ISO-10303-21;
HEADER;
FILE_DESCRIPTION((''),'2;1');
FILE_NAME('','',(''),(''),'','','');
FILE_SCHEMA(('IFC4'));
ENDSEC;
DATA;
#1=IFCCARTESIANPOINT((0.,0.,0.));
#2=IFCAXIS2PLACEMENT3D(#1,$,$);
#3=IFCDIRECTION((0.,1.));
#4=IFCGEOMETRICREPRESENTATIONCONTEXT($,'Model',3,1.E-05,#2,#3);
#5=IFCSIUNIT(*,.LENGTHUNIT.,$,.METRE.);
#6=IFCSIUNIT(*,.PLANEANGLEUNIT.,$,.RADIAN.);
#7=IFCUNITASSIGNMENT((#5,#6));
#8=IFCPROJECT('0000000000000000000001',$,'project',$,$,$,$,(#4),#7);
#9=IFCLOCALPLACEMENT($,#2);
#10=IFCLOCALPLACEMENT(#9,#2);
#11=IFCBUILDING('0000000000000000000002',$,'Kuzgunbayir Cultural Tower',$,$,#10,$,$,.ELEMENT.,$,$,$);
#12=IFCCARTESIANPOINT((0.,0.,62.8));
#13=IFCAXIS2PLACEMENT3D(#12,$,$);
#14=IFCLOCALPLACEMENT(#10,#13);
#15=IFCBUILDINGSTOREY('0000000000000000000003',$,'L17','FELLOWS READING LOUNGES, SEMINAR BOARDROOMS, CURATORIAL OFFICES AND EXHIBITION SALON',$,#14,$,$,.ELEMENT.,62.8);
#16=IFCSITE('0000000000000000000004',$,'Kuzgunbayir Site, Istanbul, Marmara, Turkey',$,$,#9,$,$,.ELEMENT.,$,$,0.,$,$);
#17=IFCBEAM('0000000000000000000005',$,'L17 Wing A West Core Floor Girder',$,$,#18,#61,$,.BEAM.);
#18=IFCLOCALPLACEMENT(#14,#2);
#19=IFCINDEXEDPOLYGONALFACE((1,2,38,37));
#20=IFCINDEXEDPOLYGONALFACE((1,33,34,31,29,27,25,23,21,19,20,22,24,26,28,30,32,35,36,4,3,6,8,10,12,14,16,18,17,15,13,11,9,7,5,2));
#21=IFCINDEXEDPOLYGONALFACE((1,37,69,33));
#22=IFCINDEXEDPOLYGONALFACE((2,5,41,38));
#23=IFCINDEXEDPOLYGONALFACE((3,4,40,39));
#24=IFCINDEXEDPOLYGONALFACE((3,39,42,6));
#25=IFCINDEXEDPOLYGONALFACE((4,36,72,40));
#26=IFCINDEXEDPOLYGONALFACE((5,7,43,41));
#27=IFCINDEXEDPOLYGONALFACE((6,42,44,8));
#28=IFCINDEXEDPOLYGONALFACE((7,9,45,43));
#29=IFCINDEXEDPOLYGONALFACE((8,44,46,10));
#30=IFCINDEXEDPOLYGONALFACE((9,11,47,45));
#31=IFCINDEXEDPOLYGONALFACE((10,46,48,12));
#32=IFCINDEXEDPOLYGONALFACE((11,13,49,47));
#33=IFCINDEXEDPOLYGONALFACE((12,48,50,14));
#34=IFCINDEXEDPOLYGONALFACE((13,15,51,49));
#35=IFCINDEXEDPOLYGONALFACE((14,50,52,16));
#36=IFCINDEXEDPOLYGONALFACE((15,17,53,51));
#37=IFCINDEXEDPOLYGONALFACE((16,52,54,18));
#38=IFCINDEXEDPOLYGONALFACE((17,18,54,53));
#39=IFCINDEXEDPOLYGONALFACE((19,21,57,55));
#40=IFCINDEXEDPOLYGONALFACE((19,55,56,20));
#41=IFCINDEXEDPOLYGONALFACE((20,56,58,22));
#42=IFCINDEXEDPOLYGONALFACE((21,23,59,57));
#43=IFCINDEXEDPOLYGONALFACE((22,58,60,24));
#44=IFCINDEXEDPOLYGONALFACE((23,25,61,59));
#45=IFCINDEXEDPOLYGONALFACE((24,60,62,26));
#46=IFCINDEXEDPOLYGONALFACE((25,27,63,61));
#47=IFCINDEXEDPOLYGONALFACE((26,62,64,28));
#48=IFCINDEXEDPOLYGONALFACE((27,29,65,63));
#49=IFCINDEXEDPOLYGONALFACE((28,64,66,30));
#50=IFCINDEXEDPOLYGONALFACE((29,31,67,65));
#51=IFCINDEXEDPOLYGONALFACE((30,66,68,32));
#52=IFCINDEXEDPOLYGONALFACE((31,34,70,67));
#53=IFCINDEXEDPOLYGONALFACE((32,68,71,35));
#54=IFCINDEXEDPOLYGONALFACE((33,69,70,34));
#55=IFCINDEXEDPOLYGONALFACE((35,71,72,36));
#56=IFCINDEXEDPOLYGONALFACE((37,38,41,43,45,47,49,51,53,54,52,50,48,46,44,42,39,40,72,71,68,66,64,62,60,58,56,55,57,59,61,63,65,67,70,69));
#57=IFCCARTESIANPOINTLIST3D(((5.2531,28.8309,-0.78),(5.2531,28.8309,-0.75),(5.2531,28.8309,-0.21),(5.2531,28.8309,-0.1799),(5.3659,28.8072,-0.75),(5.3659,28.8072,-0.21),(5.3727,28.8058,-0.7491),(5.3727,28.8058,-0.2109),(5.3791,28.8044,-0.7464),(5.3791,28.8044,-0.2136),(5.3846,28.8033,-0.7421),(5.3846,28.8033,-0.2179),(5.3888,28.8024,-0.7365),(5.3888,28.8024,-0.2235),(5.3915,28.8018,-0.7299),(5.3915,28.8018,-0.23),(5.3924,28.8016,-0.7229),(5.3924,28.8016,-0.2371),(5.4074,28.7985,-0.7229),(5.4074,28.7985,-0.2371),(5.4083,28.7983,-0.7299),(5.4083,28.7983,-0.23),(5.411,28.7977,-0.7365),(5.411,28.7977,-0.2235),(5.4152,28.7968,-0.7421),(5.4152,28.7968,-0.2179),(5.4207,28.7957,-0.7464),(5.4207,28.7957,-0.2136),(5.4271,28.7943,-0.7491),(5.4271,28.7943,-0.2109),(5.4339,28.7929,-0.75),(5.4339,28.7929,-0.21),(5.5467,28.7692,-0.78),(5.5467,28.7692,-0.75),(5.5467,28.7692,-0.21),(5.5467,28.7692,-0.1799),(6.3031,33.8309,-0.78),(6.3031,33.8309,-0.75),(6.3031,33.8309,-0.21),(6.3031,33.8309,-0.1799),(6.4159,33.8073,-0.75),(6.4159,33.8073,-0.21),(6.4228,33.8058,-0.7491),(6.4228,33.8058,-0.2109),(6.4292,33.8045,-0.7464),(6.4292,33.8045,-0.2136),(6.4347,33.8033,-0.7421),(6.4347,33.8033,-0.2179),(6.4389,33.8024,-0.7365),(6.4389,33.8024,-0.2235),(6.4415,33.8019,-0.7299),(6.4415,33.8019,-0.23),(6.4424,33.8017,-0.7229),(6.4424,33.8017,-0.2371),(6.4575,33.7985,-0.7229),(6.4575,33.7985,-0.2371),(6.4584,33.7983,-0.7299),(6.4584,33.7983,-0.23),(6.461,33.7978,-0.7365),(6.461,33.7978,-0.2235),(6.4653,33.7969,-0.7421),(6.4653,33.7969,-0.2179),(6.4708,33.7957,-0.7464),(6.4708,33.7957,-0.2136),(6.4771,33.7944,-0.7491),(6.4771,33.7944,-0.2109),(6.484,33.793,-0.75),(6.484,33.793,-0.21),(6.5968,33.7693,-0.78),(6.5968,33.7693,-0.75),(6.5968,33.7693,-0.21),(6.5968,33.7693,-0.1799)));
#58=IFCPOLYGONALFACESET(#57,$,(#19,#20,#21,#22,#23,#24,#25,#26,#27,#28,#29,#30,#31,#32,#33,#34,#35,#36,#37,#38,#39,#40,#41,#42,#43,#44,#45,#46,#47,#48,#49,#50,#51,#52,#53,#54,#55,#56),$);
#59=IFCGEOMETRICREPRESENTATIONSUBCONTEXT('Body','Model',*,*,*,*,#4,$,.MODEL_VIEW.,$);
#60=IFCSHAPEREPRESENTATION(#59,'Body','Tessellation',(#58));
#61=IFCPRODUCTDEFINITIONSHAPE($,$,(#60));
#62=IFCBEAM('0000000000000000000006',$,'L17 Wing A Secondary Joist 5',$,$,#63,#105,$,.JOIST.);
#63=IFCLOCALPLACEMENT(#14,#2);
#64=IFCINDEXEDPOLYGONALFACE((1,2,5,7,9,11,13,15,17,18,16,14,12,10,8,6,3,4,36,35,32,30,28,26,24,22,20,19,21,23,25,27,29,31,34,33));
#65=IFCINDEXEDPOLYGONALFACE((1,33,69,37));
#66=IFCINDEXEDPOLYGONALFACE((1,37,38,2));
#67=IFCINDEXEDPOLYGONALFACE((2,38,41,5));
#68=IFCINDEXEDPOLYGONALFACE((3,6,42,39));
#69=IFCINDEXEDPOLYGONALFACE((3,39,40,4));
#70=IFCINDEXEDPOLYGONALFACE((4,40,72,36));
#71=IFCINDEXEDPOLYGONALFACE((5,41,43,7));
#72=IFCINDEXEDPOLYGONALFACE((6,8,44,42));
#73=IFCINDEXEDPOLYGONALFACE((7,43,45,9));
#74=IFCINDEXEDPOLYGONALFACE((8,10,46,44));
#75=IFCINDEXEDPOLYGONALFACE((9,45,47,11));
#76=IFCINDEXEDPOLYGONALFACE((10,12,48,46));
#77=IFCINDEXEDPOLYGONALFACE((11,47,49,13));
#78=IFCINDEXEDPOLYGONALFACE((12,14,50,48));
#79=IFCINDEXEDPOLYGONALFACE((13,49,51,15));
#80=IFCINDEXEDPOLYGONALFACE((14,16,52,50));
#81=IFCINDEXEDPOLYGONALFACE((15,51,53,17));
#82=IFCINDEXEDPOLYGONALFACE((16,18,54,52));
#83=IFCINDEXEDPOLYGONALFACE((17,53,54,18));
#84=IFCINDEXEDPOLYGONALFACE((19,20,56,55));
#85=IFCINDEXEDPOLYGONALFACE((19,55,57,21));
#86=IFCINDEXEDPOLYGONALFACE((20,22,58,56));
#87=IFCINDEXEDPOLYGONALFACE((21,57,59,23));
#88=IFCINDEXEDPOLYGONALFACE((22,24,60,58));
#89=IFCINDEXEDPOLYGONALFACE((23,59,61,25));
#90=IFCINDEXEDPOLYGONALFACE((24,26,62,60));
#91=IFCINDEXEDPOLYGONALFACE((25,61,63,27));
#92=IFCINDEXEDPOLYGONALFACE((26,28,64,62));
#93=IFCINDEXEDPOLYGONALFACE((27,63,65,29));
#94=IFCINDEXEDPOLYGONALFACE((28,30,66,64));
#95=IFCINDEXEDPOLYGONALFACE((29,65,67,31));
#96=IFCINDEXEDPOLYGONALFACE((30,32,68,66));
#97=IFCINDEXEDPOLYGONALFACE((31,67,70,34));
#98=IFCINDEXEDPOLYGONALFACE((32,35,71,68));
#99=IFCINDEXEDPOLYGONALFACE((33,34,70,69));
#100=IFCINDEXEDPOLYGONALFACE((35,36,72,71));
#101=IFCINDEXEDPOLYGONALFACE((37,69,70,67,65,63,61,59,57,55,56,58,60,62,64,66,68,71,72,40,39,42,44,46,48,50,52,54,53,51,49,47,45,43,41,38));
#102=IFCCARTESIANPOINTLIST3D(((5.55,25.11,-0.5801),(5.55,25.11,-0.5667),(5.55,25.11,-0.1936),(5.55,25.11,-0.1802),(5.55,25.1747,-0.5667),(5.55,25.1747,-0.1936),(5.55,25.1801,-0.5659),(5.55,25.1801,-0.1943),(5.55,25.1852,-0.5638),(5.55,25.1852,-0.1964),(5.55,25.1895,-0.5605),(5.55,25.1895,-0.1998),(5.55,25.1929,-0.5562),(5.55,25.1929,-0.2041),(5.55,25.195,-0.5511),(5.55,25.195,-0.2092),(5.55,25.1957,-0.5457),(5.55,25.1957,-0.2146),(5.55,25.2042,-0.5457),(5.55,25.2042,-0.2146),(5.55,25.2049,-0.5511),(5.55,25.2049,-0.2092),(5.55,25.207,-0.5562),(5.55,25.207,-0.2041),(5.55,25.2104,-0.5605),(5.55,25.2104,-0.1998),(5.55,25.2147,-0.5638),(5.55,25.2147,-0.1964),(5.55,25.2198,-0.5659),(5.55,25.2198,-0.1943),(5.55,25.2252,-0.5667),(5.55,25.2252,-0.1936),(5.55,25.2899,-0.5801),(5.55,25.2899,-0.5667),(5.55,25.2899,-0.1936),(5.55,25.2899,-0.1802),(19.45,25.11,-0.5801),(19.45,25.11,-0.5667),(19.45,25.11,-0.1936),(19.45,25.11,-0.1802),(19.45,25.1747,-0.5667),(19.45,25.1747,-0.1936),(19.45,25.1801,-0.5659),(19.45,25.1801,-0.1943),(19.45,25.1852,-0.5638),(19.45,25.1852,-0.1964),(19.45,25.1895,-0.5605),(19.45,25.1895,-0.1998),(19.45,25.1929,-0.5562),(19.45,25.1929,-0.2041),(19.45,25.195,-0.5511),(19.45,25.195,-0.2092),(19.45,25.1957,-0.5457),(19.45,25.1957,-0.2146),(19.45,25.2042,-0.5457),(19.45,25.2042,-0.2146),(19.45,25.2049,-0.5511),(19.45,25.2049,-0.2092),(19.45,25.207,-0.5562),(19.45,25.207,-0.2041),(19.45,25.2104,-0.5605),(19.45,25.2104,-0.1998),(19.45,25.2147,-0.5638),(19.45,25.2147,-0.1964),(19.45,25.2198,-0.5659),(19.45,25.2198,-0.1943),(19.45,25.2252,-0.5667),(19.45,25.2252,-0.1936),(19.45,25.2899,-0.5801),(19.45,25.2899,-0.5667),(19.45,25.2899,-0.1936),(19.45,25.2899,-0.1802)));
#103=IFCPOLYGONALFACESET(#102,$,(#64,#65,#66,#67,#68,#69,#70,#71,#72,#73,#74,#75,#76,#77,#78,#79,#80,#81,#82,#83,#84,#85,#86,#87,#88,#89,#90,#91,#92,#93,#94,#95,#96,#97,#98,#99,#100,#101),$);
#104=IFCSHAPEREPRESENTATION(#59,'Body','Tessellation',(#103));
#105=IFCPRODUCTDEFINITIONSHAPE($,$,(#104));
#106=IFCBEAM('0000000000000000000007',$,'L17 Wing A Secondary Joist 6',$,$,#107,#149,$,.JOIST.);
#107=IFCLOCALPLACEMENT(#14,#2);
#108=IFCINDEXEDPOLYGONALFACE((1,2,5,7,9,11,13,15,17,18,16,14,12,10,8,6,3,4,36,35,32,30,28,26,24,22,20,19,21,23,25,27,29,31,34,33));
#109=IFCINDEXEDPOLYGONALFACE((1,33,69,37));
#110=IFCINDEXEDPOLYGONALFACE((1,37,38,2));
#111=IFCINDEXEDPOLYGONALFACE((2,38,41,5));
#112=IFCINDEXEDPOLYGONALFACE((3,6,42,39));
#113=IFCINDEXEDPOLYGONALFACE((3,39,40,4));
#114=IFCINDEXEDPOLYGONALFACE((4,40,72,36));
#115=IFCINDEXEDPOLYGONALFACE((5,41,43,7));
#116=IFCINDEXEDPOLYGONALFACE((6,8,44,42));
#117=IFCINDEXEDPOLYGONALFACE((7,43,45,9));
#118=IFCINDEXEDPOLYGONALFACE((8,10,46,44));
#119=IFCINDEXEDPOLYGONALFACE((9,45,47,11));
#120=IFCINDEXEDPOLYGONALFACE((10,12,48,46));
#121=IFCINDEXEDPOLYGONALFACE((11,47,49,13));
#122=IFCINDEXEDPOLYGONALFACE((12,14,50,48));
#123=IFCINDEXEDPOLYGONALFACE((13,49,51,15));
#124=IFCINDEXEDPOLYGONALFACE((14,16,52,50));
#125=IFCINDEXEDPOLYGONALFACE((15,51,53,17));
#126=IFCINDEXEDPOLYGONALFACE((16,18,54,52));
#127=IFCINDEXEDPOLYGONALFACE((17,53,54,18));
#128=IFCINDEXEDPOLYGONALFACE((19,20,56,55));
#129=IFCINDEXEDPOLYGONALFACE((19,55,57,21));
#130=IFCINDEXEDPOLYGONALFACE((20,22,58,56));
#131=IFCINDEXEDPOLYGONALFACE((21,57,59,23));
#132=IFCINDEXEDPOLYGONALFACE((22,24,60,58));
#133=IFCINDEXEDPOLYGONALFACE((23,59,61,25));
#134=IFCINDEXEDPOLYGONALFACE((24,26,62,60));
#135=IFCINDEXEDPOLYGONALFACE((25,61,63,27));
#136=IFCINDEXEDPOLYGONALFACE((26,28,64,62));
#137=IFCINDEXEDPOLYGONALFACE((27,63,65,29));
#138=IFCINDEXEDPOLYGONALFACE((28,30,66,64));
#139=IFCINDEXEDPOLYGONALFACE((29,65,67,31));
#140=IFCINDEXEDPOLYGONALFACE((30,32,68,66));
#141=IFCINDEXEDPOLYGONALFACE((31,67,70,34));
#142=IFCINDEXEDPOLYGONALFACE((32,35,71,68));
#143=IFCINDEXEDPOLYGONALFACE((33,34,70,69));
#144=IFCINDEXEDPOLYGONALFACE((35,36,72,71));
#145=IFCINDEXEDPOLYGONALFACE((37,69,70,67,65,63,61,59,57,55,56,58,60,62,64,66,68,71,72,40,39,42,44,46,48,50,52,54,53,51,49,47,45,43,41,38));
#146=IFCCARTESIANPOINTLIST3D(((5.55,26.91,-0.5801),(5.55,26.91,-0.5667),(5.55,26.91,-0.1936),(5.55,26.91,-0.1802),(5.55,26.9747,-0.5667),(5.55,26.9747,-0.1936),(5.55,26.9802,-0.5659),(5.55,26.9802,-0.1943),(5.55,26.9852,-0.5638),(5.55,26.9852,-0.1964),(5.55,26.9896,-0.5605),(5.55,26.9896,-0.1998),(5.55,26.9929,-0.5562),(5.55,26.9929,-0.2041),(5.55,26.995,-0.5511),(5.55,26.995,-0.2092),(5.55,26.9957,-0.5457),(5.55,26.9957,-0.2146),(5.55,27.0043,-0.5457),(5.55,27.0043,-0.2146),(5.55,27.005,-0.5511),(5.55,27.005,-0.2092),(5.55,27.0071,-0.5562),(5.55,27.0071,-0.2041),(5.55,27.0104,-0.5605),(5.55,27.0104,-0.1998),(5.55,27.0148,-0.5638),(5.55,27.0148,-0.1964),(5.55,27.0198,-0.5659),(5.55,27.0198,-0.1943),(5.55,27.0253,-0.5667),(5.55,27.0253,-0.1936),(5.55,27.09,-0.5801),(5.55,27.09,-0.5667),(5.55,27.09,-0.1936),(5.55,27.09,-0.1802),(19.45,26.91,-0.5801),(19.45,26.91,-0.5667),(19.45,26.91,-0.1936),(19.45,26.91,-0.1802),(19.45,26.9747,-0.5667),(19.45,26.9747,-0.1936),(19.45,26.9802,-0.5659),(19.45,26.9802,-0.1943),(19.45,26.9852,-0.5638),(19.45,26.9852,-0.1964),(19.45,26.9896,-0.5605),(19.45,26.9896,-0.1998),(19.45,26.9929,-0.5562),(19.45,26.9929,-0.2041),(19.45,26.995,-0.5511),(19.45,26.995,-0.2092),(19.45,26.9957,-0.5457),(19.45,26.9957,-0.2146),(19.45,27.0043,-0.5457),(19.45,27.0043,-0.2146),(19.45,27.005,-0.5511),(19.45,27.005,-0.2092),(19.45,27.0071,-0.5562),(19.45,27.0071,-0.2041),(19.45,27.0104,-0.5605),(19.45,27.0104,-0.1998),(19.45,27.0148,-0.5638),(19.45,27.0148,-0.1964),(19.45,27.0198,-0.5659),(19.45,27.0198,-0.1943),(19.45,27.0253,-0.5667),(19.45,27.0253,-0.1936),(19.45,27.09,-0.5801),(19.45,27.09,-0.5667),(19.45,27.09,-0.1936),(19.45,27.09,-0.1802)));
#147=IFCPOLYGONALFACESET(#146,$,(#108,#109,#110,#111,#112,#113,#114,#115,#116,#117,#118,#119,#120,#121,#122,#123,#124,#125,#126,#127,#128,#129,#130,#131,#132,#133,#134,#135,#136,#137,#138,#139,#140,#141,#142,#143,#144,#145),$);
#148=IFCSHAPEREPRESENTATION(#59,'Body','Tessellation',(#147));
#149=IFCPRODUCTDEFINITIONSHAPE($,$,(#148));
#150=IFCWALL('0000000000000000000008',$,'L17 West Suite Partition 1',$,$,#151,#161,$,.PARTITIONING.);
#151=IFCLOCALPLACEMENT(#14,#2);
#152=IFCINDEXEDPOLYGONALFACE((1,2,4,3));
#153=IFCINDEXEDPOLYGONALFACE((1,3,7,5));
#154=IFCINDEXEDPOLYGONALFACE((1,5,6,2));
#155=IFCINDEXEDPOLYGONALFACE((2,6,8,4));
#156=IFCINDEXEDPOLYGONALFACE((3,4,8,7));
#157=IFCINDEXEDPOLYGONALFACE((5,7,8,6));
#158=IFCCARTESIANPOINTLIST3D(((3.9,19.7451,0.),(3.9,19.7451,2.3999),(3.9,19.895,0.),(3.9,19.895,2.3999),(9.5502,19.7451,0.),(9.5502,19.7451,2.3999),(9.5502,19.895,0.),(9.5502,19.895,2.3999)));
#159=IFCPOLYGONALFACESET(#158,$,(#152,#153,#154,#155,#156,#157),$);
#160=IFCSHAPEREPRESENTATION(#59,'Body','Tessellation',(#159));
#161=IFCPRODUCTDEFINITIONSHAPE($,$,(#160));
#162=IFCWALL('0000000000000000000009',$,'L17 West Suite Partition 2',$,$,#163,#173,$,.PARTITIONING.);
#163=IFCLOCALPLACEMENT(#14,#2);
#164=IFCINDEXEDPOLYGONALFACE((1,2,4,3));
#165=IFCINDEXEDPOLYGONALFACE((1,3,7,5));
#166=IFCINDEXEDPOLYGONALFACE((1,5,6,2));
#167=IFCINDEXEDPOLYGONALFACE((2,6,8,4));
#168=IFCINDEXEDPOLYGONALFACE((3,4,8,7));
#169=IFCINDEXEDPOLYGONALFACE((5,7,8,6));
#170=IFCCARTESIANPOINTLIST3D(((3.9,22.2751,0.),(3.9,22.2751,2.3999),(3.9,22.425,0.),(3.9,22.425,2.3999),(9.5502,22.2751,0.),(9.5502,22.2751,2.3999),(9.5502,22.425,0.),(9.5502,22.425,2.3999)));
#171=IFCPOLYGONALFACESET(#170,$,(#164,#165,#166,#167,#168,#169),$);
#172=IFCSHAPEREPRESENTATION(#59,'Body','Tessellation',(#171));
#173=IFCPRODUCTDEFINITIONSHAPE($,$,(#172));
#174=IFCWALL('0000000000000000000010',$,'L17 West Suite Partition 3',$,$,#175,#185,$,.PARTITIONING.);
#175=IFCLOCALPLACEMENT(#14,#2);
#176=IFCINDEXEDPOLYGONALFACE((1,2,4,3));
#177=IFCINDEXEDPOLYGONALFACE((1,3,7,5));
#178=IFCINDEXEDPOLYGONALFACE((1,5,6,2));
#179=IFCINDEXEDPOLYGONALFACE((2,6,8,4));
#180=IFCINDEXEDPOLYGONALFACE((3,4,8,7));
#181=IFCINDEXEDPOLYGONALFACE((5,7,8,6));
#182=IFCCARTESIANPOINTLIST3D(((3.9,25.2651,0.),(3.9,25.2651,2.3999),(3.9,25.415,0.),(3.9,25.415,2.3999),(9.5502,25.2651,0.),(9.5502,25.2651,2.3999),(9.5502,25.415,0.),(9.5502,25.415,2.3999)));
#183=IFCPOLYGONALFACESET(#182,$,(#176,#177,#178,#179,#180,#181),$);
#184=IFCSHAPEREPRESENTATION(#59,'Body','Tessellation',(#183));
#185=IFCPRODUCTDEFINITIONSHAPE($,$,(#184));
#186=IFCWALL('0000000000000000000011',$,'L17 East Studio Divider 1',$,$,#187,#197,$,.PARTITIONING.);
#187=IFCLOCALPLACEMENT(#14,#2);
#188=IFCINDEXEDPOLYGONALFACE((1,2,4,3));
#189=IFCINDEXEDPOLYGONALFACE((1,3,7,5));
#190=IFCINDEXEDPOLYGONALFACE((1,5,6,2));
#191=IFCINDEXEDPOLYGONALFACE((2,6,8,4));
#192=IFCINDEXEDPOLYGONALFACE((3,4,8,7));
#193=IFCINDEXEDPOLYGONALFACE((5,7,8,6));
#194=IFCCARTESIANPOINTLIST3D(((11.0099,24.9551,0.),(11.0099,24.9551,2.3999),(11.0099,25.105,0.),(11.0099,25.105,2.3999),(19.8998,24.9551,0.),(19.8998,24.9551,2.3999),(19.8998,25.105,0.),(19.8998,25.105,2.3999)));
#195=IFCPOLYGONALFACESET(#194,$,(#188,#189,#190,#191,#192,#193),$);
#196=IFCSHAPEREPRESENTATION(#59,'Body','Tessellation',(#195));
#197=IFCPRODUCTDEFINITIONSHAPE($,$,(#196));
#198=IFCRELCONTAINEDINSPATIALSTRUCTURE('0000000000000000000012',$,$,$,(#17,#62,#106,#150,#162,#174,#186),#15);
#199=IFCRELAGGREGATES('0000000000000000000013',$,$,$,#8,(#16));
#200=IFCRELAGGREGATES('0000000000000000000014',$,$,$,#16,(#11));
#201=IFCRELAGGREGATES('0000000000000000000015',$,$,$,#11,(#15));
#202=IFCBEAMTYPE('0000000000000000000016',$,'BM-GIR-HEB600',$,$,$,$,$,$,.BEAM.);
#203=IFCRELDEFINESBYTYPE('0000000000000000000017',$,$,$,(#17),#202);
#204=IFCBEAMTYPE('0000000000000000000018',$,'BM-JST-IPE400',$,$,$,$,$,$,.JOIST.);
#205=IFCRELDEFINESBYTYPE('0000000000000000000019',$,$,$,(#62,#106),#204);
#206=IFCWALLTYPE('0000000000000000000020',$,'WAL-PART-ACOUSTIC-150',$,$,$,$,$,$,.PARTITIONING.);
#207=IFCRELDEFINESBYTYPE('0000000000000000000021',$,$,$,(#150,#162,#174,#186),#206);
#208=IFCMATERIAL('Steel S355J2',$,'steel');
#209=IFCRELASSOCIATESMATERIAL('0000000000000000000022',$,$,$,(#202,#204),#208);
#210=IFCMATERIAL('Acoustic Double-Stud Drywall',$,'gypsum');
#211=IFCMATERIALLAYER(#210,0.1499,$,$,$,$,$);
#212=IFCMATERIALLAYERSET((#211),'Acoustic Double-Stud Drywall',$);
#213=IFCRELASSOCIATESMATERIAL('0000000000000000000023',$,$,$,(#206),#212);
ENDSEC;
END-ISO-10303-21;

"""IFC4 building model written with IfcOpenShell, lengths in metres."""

from ifc_helpers import new_model, si_unit, direction, frame, frame_2d, origin, origin_2d, place, context, subcontext, project, spatial, rectangle, i_section, extrude, material, layer, layer_set, material_profile, profile_set, type_object, element, save


model = new_model("IFC4")

# Units and contexts
model_context = context("Model", 3, precision=1e-05, world=origin(), true_north=direction((0.0, 1.0)))
body_context = subcontext(model_context, "Body", "Model", "MODEL_VIEW")
ifc_project = project(units=[si_unit("LENGTHUNIT", "METRE"), si_unit("PLANEANGLEUNIT", "RADIAN")], contexts=[model_context])

# Site, building, storey
site_placement = place(None, origin())
site = spatial("IfcSite", under=ifc_project, at=site_placement, Name="Kuzgunbayir Site, Istanbul, Marmara, Turkey", CompositionType="ELEMENT", RefElevation=0.0)
building_placement = place(site_placement, origin())
building = spatial("IfcBuilding", under=site, at=building_placement, Name="Kuzgunbayir Cultural Tower", CompositionType="ELEMENT")
storey_placement = place(building_placement, frame((0.0, 0.0, 62.8)))
storey = spatial("IfcBuildingStorey", under=building, at=storey_placement, Name="L17", Description="FELLOWS READING LOUNGES, SEMINAR BOARDROOMS, CURATORIAL OFFICES AND EXHIBITION SALON", CompositionType="ELEMENT", Elevation=62.8)

# Beams
ifc_material_1 = material(Name="Steel S355J2", Category="steel")
ifc_material_profile_1 = material_profile(ifc_material_1, i_section(OverallWidth=0.3, OverallDepth=0.6001, WebThickness=0.0154, FlangeThickness=0.03, FilletRadius=0.0271, at=origin_2d()), Name="HEB 600")
ifc_profile_set_1 = profile_set([ifc_material_profile_1], Name="Steel S355J2")
beam_type_1 = type_object("IfcBeamType", Name="BM-GIR-HEB600", PredefinedType="BEAM", material=ifc_profile_set_1)
beam_1_placement = place(storey_placement, frame((5.3999, 28.8, -0.48), z_axis=(0.205526, 0.978652, 0.0), x_axis=(-0.978652, 0.205526, 0.0)))
element("IfcBeam", 1, at=beam_1_placement, inside=storey, type_object=beam_type_1, Name="L17 Wing A West Core Floor Girder", PredefinedType="BEAM", context=body_context, shape_type="SweptSolid", body=[
    extrude(i_section(OverallWidth=0.3, OverallDepth=0.6001, WebThickness=0.0154, FlangeThickness=0.03, FilletRadius=0.0271, at=origin_2d()), origin(), (0.0, 0.0, 1.0), 5.1091),
])
ifc_material_profile_2 = material_profile(ifc_material_1, i_section(OverallWidth=0.1799, OverallDepth=0.3999, WebThickness=0.0085, FlangeThickness=0.0134, FilletRadius=0.021, at=origin_2d()), Name="IPE 400")
ifc_profile_set_2 = profile_set([ifc_material_profile_2], Name="Steel S355J2")
beam_type_2 = type_object("IfcBeamType", Name="BM-JST-IPE400", PredefinedType="JOIST", material=ifc_profile_set_2)
for number, where, z_axis, x_axis, name in (
    (2, (5.55, 25.2, -0.3801), (1.0, 0.0, 0.0), (0.0, 1.0, 0.0), "L17 Wing A Secondary Joist 5"),
    (3, (5.55, 27.0, -0.3801), (1.0, 0.0, 0.0), (0.0, 1.0, 0.0), "L17 Wing A Secondary Joist 6"),
):
    element("IfcBeam", number, at=place(storey_placement, frame(where, z_axis=z_axis, x_axis=x_axis)), inside=storey, type_object=beam_type_2, Name=name, PredefinedType="JOIST", context=body_context, shape_type="SweptSolid", body=[
        extrude(i_section(OverallWidth=0.1799, OverallDepth=0.3999, WebThickness=0.0085, FlangeThickness=0.0134, FilletRadius=0.021, at=origin_2d()), origin(), (0.0, 0.0, 1.0), 13.8999),
    ])

# Walls
ifc_material_2 = material(Name="Acoustic Double-Stud Drywall", Category="gypsum")
ifc_layer_1 = layer(ifc_material_2, 0.1499)
ifc_layer_set_1 = layer_set([ifc_layer_1], Name="Acoustic Double-Stud Drywall")
wall_type_1 = type_object("IfcWallType", Name="WAL-PART-ACOUSTIC-150", PredefinedType="PARTITIONING", material=ifc_layer_set_1)
for number, where, z_axis, x_axis, name in (
    (4, (3.8999, 19.8201, 0.0), (0.0, 0.0, 1.0), (1.0, 0.0, 0.0), "L17 West Suite Partition 1"),
    (5, (3.8999, 22.3501, 0.0), (0.0, 0.0, 1.0), (1.0, 0.0, 0.0), "L17 West Suite Partition 2"),
    (6, (3.8999, 25.3401, 0.0), (0.0, 0.0, 1.0), (1.0, 0.0, 0.0), "L17 West Suite Partition 3"),
):
    element("IfcWall", number, at=place(storey_placement, frame(where, z_axis=z_axis, x_axis=x_axis)), inside=storey, type_object=wall_type_1, Name=name, PredefinedType="PARTITIONING", context=body_context, shape_type="SweptSolid", body=[
        extrude(rectangle(XDim=5.6501, YDim=0.1499, at=frame_2d((2.8252, 0.0))), origin(), (0.0, 0.0, 1.0), 2.3999),
    ])
wall_1_placement = place(storey_placement, frame((11.01, 25.03, 0.0), z_axis=(0.0, 0.0, 1.0), x_axis=(1.0, 0.0, 0.0)))
element("IfcWall", 7, at=wall_1_placement, inside=storey, type_object=wall_type_1, Name="L17 East Studio Divider 1", PredefinedType="PARTITIONING", context=body_context, shape_type="SweptSolid", body=[
    extrude(rectangle(XDim=8.8899, YDim=0.1499, at=frame_2d((4.4448, 0.0))), origin(), (0.0, 0.0, 1.0), 2.3999),
])

save(model, "model.ifc")
